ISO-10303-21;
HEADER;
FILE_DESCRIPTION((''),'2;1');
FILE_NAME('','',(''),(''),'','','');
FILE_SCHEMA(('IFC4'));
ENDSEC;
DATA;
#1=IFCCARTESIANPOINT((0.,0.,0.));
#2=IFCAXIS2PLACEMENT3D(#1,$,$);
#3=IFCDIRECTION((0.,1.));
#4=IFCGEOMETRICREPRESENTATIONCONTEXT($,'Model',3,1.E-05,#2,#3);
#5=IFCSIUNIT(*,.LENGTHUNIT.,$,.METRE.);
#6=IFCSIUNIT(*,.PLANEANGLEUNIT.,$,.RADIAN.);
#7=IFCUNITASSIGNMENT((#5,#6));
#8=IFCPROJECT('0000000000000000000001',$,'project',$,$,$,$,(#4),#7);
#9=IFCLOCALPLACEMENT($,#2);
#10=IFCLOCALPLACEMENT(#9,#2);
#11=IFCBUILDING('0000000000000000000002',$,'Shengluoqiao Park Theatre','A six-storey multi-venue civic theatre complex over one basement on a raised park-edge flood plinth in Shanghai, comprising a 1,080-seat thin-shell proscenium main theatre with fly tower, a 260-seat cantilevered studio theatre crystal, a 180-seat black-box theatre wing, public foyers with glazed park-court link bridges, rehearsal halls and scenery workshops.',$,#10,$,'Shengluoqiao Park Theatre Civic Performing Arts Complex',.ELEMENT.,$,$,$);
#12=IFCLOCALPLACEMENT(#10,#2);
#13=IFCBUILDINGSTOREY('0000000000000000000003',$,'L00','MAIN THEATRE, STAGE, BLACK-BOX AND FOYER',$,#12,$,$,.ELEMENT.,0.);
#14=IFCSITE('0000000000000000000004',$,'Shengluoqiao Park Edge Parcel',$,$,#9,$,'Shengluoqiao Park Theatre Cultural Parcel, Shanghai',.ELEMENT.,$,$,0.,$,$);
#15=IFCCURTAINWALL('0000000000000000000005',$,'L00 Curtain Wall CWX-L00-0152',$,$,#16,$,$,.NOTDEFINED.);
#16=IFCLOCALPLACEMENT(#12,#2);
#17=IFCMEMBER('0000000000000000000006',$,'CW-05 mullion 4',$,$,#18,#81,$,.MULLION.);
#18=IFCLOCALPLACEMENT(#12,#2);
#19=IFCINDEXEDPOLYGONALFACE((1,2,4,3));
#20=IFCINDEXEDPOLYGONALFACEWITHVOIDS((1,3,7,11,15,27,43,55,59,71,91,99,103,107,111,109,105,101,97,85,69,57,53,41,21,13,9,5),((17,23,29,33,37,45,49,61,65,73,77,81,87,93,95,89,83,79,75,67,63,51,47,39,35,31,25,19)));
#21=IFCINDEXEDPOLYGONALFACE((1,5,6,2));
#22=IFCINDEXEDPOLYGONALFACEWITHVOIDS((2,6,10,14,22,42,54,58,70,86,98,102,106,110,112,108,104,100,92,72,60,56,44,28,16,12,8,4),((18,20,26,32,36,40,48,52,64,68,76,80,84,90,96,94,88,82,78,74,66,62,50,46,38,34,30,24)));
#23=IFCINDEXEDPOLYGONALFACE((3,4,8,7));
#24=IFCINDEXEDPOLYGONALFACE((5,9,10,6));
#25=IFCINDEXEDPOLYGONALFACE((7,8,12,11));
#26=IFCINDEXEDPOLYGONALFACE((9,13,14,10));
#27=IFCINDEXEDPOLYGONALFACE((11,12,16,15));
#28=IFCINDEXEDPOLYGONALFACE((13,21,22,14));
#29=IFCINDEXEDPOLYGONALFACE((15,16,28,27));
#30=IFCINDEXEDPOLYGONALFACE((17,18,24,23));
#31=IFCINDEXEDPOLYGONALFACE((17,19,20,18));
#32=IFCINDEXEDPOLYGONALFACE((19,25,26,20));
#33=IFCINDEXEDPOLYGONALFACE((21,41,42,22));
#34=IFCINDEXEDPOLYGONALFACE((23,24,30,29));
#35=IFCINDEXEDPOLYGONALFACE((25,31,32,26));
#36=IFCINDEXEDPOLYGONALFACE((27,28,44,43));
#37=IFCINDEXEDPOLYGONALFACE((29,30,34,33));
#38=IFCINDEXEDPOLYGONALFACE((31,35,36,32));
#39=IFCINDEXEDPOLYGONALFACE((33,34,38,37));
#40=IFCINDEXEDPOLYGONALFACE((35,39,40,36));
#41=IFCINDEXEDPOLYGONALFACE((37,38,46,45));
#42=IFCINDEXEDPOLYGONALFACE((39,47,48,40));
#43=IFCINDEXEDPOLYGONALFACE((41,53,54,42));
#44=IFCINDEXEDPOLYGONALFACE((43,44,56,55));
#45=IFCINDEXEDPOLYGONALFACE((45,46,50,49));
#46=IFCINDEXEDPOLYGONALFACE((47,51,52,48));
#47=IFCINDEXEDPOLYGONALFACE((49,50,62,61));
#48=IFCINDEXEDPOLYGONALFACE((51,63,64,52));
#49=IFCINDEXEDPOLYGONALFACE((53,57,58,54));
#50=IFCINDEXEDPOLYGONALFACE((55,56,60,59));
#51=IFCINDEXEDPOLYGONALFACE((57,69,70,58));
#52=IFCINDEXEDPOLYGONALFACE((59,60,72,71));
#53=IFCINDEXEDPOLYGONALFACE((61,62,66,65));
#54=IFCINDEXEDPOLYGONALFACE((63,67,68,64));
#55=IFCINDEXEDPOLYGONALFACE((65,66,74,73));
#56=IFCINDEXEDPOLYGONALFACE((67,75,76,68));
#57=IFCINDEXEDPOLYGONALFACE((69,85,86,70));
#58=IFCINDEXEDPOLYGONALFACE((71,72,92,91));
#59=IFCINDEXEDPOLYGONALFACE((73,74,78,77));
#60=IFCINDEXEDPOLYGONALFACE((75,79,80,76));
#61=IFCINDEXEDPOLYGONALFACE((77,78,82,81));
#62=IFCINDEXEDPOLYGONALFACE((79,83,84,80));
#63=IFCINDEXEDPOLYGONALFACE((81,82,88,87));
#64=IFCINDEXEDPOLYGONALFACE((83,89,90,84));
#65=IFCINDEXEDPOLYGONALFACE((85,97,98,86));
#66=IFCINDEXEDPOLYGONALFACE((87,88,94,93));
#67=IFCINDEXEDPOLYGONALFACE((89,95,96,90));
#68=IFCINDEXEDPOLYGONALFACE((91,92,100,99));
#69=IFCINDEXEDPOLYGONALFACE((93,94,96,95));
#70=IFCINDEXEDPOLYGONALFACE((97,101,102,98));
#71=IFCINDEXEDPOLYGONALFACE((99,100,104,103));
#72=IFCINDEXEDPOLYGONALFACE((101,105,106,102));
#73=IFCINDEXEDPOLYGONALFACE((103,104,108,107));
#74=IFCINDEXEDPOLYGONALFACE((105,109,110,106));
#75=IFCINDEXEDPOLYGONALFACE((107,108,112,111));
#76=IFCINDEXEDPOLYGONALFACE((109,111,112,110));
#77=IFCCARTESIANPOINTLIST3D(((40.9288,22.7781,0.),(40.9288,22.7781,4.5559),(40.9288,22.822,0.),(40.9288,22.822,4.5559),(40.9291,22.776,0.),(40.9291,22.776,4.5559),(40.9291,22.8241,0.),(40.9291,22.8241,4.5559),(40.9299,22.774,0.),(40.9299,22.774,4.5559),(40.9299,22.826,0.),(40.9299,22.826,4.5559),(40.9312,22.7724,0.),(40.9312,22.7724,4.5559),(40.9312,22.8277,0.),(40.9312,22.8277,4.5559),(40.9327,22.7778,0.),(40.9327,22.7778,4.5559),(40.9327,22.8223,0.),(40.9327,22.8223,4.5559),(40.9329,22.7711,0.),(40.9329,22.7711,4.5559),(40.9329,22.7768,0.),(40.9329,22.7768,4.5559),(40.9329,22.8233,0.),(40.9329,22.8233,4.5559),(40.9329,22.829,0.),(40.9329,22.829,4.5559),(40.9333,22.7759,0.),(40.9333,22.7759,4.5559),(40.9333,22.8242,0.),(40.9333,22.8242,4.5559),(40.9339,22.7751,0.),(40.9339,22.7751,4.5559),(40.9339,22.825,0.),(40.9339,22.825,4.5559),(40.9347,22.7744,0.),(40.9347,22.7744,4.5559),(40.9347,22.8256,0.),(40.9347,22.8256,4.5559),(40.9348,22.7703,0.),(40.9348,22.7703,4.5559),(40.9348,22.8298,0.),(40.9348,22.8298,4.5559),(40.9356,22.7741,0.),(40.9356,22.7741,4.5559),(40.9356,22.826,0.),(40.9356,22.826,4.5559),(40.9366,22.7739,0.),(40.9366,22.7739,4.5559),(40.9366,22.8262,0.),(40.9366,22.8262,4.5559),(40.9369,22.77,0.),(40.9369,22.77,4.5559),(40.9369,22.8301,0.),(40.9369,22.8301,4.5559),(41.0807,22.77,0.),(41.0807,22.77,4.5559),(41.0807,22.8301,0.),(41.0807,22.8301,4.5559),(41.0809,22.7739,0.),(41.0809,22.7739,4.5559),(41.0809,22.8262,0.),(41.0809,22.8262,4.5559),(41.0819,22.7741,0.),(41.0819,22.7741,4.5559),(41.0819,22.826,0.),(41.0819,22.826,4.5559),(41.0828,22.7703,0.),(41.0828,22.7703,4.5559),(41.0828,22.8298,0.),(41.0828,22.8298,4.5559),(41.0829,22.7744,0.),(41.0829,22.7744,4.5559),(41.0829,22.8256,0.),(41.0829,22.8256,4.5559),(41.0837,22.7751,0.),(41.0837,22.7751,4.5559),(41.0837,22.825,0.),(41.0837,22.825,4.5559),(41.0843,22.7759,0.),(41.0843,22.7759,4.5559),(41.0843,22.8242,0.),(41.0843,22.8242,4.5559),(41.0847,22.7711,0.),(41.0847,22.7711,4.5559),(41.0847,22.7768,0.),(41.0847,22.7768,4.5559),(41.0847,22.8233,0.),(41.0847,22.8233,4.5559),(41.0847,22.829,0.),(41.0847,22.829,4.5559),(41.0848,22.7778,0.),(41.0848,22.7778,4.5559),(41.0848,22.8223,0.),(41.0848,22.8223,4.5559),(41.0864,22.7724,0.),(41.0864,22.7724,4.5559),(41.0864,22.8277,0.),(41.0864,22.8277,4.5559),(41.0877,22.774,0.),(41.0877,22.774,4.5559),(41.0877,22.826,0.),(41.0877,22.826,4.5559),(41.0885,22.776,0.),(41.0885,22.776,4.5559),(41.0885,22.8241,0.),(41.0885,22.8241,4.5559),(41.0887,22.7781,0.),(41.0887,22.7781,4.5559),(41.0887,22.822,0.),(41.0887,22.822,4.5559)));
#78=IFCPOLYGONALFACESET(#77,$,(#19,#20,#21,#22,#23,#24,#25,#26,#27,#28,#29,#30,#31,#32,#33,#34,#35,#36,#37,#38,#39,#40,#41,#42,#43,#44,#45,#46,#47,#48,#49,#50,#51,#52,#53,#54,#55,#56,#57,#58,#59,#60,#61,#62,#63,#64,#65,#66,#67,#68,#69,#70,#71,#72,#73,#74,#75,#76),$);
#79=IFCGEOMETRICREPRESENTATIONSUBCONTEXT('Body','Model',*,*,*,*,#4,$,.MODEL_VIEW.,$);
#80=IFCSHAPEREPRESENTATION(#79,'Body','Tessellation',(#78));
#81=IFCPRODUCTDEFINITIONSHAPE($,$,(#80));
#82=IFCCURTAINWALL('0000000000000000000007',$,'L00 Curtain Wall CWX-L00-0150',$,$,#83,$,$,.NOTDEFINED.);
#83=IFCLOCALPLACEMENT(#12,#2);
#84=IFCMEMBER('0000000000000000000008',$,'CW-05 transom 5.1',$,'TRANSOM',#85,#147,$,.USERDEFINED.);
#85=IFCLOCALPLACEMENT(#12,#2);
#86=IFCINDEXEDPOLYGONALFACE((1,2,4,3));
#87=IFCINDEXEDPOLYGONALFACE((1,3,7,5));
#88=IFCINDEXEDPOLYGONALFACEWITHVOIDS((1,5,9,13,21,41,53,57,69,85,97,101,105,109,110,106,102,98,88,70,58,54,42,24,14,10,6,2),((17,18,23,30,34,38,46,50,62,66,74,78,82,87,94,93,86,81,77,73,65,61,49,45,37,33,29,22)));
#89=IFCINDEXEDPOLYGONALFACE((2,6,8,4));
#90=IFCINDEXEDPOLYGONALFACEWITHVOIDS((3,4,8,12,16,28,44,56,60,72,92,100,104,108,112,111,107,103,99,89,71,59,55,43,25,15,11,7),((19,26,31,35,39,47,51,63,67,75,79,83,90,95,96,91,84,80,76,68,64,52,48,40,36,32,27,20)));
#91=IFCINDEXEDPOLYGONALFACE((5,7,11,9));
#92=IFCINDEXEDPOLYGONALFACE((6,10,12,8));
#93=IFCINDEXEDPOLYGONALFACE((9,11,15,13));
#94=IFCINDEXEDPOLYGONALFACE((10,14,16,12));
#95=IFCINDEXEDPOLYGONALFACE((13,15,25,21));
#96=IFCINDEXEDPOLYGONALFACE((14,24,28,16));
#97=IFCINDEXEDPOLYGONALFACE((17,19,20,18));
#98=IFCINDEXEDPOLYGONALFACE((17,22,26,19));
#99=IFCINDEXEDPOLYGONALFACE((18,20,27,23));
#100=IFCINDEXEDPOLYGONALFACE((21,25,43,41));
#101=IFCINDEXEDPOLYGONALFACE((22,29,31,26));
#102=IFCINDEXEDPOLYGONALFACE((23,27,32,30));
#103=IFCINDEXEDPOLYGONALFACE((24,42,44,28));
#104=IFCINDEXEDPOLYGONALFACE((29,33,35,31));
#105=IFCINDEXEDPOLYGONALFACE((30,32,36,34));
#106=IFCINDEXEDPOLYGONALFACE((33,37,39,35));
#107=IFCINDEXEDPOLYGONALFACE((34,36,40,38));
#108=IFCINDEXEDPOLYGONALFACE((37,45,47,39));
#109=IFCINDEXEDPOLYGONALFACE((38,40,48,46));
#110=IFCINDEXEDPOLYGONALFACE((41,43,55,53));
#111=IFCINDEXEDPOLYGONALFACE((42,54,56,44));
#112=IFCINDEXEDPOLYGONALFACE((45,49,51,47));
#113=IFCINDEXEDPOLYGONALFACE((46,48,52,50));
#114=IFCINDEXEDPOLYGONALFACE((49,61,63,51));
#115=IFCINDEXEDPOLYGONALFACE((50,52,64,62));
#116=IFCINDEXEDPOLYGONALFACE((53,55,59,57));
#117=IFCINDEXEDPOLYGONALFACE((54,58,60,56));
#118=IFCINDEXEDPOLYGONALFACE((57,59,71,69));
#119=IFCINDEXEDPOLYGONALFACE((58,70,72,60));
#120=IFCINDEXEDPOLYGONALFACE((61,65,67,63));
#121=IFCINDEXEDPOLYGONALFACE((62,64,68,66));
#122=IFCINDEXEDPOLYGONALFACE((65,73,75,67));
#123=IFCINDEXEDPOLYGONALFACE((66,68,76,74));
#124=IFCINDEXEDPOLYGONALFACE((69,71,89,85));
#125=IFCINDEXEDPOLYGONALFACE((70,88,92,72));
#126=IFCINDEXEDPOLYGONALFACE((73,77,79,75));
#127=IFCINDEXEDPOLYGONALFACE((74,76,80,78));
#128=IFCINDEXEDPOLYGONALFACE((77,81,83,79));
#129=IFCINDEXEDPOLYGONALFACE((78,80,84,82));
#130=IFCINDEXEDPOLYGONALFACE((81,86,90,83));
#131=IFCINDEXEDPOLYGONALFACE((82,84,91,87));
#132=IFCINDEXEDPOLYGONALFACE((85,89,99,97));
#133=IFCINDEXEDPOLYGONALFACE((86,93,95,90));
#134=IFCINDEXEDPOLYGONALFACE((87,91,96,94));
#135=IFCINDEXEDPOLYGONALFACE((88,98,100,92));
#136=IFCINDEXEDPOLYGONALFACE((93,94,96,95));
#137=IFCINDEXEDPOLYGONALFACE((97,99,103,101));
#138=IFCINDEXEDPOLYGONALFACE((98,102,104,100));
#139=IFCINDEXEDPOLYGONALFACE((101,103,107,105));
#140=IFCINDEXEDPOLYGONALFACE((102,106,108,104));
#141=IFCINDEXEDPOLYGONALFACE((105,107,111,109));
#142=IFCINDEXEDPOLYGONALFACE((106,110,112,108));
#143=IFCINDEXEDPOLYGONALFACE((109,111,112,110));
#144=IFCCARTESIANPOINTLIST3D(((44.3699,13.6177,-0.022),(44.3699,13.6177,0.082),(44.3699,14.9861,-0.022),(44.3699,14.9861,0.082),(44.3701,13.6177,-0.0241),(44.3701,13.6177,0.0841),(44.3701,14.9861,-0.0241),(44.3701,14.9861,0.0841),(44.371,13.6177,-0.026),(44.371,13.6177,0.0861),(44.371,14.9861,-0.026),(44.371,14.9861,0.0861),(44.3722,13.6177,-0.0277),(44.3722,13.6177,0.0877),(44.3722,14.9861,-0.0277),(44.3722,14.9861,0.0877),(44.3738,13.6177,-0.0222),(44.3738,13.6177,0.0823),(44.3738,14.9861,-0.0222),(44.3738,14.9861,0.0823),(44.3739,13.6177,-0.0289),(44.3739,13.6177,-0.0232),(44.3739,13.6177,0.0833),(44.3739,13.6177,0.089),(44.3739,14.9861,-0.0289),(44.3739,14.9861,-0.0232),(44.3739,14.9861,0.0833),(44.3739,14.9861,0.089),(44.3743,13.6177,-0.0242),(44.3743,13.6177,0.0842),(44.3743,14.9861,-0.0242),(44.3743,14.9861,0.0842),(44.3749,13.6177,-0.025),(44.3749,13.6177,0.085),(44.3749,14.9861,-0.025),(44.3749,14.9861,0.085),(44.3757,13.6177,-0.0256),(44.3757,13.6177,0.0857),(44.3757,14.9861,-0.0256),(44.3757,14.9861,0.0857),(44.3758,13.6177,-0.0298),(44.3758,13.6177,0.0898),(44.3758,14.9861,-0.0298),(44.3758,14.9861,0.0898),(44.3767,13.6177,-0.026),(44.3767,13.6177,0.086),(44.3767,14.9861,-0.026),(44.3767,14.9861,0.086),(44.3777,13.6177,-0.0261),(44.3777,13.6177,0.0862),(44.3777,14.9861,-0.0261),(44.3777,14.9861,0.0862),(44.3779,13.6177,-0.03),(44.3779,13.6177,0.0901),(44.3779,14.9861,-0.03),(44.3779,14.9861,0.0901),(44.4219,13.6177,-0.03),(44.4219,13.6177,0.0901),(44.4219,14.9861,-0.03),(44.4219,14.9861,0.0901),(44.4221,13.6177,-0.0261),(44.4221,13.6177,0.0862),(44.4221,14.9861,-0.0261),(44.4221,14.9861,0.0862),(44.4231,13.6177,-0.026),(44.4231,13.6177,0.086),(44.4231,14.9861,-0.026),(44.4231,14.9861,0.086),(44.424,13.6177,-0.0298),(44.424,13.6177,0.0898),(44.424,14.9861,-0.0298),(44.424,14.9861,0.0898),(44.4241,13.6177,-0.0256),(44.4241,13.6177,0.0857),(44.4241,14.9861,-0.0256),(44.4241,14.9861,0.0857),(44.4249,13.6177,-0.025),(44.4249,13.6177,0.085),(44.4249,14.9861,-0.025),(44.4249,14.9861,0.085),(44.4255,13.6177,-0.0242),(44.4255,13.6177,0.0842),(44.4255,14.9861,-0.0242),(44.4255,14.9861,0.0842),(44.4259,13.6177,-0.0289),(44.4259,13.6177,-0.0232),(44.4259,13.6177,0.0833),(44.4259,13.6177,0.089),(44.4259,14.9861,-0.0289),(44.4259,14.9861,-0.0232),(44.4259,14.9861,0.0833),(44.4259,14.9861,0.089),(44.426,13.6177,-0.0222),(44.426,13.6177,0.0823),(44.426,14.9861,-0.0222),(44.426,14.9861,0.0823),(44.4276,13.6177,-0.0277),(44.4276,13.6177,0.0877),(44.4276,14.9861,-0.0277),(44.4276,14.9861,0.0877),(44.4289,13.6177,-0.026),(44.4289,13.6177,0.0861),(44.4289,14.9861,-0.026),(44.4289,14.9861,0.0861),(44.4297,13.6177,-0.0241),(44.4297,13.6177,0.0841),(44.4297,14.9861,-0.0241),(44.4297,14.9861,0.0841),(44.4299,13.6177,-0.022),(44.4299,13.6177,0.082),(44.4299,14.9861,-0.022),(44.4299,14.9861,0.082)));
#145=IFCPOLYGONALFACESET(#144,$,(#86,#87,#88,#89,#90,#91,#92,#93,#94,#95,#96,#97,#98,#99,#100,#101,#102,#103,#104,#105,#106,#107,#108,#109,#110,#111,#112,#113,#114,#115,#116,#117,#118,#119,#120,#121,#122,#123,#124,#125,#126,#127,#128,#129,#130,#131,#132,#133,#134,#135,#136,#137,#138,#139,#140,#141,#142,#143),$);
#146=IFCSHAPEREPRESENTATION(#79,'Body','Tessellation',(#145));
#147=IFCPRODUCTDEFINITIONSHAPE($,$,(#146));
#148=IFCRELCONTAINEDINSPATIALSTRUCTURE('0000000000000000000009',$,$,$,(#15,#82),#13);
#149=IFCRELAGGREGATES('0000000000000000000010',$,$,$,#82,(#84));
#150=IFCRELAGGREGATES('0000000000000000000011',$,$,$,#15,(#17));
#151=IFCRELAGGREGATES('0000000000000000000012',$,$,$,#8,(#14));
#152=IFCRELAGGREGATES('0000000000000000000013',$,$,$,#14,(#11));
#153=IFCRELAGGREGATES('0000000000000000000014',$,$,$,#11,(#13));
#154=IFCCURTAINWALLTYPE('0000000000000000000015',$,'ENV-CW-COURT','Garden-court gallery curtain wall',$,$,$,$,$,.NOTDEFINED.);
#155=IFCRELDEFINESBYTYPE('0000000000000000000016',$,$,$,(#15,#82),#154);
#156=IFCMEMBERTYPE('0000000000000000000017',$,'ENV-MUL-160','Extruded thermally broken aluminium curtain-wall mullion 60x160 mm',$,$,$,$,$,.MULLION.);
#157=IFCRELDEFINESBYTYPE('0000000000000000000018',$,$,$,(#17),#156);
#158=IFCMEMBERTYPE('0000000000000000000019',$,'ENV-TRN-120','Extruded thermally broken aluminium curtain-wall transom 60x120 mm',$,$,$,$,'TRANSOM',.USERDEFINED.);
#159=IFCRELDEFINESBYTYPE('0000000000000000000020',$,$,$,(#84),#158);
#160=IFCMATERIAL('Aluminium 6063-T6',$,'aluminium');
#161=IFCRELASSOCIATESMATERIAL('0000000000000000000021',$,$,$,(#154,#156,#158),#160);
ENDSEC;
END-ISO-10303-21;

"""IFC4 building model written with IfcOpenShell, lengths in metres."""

from ifc_helpers import new_model, si_unit, direction, frame, origin, origin_2d, place, context, subcontext, project, spatial, hollow_rectangle, extrude, material, material_profile, profile_set, type_object, element, aggregate, save


model = new_model("IFC4")

# Units and contexts
model_context = context("Model", 3, precision=1e-05, world=origin(), true_north=direction((0.0, 1.0)))
body_context = subcontext(model_context, "Body", "Model", "MODEL_VIEW")
ifc_project = project(units=[si_unit("LENGTHUNIT", "METRE"), si_unit("PLANEANGLEUNIT", "RADIAN")], contexts=[model_context])

# Site, building, storey
site_placement = place(None, origin())
site = spatial("IfcSite", under=ifc_project, at=site_placement, Name="Shengluoqiao Park Edge Parcel", LongName="Shengluoqiao Park Theatre Cultural Parcel, Shanghai", CompositionType="ELEMENT", RefElevation=0.0)
building_placement = place(site_placement, origin())
building = spatial("IfcBuilding", under=site, at=building_placement, Name="Shengluoqiao Park Theatre", Description="A six-storey multi-venue civic theatre complex over one basement on a raised park-edge flood plinth in Shanghai, comprising a 1,080-seat thin-shell proscenium main theatre with fly tower, a 260-seat cantilevered studio theatre crystal, a 180-seat black-box theatre wing, public foyers with glazed park-court link bridges, rehearsal halls and scenery workshops.", LongName="Shengluoqiao Park Theatre Civic Performing Arts Complex", CompositionType="ELEMENT")
storey_placement = place(building_placement, origin())
storey = spatial("IfcBuildingStorey", under=building, at=storey_placement, Name="L00", Description="MAIN THEATRE, STAGE, BLACK-BOX AND FOYER", CompositionType="ELEMENT", Elevation=0.0)

# Curtain wall, member
ifc_material_1 = material(Name="Aluminium 6063-T6", Category="aluminium")
curtain_wall_type = type_object("IfcCurtainWallType", Name="ENV-CW-COURT", Description="Garden-court gallery curtain wall", PredefinedType="NOTDEFINED", material=ifc_material_1)
curtain_wall_1_placement = place(storey_placement, origin())
curtain_wall_1 = element("IfcCurtainWall", 1, at=curtain_wall_1_placement, inside=storey, type_object=curtain_wall_type, Name="L00 Curtain Wall CWX-L00-0152", PredefinedType="NOTDEFINED")
ifc_material_profile_1 = material_profile(ifc_material_1, hollow_rectangle(XDim=0.0601, YDim=0.1599, WallThickness=0.0039, InnerFilletRadius=0.0039, OuterFilletRadius=0.0081, at=origin_2d()), Name="ALU MULLION 160x60x4")
ifc_profile_set_1 = profile_set([ifc_material_profile_1], Name="Aluminium 6063-T6")
member_type_1 = type_object("IfcMemberType", Name="ENV-MUL-160", Description="Extruded thermally broken aluminium curtain-wall mullion 60x160 mm", PredefinedType="MULLION", material=ifc_profile_set_1)
member_1_placement = place(storey_placement, frame((41.0088, 22.8, 0.0), z_axis=(0.0, 0.0, 1.0), x_axis=(0.0, 1.0, 0.0)))
member_1 = element("IfcMember", 2, at=member_1_placement, type_object=member_type_1, Name="CW-05 mullion 4", PredefinedType="MULLION", context=body_context, shape_type="SweptSolid", body=[
    extrude(hollow_rectangle(XDim=0.0601, YDim=0.1599, WallThickness=0.0039, InnerFilletRadius=0.0039, OuterFilletRadius=0.0081, at=origin_2d()), origin(), (0.0, 0.0, 1.0), 4.5559),
])

# Curtain wall, member
curtain_wall_2_placement = place(storey_placement, origin())
curtain_wall_2 = element("IfcCurtainWall", 3, at=curtain_wall_2_placement, inside=storey, type_object=curtain_wall_type, Name="L00 Curtain Wall CWX-L00-0150", PredefinedType="NOTDEFINED")
ifc_material_profile_2 = material_profile(ifc_material_1, hollow_rectangle(XDim=0.0601, YDim=0.1201, WallThickness=0.0039, InnerFilletRadius=0.0039, OuterFilletRadius=0.0081, at=origin_2d()), Name="ALU TRANSOM 120x60x4")
ifc_profile_set_2 = profile_set([ifc_material_profile_2], Name="Aluminium 6063-T6")
member_type_2 = type_object("IfcMemberType", Name="ENV-TRN-120", Description="Extruded thermally broken aluminium curtain-wall transom 60x120 mm", ElementType="TRANSOM", PredefinedType="USERDEFINED", material=ifc_profile_set_2)
member_2_placement = place(storey_placement, frame((44.3999, 13.6177, 0.03), z_axis=(0.0, 1.0, 0.0), x_axis=(-1.0, 0.0, 0.0)))
member_2 = element("IfcMember", 4, at=member_2_placement, type_object=member_type_2, Name="CW-05 transom 5.1", ObjectType="TRANSOM", PredefinedType="USERDEFINED", context=body_context, shape_type="SweptSolid", body=[
    extrude(hollow_rectangle(XDim=0.0601, YDim=0.1201, WallThickness=0.0039, InnerFilletRadius=0.0039, OuterFilletRadius=0.0081, at=origin_2d()), origin(), (0.0, 0.0, 1.0), 1.3684),
])
aggregate(curtain_wall_2, [member_2])

aggregate(curtain_wall_1, [member_1])

save(model, "model.ifc")
